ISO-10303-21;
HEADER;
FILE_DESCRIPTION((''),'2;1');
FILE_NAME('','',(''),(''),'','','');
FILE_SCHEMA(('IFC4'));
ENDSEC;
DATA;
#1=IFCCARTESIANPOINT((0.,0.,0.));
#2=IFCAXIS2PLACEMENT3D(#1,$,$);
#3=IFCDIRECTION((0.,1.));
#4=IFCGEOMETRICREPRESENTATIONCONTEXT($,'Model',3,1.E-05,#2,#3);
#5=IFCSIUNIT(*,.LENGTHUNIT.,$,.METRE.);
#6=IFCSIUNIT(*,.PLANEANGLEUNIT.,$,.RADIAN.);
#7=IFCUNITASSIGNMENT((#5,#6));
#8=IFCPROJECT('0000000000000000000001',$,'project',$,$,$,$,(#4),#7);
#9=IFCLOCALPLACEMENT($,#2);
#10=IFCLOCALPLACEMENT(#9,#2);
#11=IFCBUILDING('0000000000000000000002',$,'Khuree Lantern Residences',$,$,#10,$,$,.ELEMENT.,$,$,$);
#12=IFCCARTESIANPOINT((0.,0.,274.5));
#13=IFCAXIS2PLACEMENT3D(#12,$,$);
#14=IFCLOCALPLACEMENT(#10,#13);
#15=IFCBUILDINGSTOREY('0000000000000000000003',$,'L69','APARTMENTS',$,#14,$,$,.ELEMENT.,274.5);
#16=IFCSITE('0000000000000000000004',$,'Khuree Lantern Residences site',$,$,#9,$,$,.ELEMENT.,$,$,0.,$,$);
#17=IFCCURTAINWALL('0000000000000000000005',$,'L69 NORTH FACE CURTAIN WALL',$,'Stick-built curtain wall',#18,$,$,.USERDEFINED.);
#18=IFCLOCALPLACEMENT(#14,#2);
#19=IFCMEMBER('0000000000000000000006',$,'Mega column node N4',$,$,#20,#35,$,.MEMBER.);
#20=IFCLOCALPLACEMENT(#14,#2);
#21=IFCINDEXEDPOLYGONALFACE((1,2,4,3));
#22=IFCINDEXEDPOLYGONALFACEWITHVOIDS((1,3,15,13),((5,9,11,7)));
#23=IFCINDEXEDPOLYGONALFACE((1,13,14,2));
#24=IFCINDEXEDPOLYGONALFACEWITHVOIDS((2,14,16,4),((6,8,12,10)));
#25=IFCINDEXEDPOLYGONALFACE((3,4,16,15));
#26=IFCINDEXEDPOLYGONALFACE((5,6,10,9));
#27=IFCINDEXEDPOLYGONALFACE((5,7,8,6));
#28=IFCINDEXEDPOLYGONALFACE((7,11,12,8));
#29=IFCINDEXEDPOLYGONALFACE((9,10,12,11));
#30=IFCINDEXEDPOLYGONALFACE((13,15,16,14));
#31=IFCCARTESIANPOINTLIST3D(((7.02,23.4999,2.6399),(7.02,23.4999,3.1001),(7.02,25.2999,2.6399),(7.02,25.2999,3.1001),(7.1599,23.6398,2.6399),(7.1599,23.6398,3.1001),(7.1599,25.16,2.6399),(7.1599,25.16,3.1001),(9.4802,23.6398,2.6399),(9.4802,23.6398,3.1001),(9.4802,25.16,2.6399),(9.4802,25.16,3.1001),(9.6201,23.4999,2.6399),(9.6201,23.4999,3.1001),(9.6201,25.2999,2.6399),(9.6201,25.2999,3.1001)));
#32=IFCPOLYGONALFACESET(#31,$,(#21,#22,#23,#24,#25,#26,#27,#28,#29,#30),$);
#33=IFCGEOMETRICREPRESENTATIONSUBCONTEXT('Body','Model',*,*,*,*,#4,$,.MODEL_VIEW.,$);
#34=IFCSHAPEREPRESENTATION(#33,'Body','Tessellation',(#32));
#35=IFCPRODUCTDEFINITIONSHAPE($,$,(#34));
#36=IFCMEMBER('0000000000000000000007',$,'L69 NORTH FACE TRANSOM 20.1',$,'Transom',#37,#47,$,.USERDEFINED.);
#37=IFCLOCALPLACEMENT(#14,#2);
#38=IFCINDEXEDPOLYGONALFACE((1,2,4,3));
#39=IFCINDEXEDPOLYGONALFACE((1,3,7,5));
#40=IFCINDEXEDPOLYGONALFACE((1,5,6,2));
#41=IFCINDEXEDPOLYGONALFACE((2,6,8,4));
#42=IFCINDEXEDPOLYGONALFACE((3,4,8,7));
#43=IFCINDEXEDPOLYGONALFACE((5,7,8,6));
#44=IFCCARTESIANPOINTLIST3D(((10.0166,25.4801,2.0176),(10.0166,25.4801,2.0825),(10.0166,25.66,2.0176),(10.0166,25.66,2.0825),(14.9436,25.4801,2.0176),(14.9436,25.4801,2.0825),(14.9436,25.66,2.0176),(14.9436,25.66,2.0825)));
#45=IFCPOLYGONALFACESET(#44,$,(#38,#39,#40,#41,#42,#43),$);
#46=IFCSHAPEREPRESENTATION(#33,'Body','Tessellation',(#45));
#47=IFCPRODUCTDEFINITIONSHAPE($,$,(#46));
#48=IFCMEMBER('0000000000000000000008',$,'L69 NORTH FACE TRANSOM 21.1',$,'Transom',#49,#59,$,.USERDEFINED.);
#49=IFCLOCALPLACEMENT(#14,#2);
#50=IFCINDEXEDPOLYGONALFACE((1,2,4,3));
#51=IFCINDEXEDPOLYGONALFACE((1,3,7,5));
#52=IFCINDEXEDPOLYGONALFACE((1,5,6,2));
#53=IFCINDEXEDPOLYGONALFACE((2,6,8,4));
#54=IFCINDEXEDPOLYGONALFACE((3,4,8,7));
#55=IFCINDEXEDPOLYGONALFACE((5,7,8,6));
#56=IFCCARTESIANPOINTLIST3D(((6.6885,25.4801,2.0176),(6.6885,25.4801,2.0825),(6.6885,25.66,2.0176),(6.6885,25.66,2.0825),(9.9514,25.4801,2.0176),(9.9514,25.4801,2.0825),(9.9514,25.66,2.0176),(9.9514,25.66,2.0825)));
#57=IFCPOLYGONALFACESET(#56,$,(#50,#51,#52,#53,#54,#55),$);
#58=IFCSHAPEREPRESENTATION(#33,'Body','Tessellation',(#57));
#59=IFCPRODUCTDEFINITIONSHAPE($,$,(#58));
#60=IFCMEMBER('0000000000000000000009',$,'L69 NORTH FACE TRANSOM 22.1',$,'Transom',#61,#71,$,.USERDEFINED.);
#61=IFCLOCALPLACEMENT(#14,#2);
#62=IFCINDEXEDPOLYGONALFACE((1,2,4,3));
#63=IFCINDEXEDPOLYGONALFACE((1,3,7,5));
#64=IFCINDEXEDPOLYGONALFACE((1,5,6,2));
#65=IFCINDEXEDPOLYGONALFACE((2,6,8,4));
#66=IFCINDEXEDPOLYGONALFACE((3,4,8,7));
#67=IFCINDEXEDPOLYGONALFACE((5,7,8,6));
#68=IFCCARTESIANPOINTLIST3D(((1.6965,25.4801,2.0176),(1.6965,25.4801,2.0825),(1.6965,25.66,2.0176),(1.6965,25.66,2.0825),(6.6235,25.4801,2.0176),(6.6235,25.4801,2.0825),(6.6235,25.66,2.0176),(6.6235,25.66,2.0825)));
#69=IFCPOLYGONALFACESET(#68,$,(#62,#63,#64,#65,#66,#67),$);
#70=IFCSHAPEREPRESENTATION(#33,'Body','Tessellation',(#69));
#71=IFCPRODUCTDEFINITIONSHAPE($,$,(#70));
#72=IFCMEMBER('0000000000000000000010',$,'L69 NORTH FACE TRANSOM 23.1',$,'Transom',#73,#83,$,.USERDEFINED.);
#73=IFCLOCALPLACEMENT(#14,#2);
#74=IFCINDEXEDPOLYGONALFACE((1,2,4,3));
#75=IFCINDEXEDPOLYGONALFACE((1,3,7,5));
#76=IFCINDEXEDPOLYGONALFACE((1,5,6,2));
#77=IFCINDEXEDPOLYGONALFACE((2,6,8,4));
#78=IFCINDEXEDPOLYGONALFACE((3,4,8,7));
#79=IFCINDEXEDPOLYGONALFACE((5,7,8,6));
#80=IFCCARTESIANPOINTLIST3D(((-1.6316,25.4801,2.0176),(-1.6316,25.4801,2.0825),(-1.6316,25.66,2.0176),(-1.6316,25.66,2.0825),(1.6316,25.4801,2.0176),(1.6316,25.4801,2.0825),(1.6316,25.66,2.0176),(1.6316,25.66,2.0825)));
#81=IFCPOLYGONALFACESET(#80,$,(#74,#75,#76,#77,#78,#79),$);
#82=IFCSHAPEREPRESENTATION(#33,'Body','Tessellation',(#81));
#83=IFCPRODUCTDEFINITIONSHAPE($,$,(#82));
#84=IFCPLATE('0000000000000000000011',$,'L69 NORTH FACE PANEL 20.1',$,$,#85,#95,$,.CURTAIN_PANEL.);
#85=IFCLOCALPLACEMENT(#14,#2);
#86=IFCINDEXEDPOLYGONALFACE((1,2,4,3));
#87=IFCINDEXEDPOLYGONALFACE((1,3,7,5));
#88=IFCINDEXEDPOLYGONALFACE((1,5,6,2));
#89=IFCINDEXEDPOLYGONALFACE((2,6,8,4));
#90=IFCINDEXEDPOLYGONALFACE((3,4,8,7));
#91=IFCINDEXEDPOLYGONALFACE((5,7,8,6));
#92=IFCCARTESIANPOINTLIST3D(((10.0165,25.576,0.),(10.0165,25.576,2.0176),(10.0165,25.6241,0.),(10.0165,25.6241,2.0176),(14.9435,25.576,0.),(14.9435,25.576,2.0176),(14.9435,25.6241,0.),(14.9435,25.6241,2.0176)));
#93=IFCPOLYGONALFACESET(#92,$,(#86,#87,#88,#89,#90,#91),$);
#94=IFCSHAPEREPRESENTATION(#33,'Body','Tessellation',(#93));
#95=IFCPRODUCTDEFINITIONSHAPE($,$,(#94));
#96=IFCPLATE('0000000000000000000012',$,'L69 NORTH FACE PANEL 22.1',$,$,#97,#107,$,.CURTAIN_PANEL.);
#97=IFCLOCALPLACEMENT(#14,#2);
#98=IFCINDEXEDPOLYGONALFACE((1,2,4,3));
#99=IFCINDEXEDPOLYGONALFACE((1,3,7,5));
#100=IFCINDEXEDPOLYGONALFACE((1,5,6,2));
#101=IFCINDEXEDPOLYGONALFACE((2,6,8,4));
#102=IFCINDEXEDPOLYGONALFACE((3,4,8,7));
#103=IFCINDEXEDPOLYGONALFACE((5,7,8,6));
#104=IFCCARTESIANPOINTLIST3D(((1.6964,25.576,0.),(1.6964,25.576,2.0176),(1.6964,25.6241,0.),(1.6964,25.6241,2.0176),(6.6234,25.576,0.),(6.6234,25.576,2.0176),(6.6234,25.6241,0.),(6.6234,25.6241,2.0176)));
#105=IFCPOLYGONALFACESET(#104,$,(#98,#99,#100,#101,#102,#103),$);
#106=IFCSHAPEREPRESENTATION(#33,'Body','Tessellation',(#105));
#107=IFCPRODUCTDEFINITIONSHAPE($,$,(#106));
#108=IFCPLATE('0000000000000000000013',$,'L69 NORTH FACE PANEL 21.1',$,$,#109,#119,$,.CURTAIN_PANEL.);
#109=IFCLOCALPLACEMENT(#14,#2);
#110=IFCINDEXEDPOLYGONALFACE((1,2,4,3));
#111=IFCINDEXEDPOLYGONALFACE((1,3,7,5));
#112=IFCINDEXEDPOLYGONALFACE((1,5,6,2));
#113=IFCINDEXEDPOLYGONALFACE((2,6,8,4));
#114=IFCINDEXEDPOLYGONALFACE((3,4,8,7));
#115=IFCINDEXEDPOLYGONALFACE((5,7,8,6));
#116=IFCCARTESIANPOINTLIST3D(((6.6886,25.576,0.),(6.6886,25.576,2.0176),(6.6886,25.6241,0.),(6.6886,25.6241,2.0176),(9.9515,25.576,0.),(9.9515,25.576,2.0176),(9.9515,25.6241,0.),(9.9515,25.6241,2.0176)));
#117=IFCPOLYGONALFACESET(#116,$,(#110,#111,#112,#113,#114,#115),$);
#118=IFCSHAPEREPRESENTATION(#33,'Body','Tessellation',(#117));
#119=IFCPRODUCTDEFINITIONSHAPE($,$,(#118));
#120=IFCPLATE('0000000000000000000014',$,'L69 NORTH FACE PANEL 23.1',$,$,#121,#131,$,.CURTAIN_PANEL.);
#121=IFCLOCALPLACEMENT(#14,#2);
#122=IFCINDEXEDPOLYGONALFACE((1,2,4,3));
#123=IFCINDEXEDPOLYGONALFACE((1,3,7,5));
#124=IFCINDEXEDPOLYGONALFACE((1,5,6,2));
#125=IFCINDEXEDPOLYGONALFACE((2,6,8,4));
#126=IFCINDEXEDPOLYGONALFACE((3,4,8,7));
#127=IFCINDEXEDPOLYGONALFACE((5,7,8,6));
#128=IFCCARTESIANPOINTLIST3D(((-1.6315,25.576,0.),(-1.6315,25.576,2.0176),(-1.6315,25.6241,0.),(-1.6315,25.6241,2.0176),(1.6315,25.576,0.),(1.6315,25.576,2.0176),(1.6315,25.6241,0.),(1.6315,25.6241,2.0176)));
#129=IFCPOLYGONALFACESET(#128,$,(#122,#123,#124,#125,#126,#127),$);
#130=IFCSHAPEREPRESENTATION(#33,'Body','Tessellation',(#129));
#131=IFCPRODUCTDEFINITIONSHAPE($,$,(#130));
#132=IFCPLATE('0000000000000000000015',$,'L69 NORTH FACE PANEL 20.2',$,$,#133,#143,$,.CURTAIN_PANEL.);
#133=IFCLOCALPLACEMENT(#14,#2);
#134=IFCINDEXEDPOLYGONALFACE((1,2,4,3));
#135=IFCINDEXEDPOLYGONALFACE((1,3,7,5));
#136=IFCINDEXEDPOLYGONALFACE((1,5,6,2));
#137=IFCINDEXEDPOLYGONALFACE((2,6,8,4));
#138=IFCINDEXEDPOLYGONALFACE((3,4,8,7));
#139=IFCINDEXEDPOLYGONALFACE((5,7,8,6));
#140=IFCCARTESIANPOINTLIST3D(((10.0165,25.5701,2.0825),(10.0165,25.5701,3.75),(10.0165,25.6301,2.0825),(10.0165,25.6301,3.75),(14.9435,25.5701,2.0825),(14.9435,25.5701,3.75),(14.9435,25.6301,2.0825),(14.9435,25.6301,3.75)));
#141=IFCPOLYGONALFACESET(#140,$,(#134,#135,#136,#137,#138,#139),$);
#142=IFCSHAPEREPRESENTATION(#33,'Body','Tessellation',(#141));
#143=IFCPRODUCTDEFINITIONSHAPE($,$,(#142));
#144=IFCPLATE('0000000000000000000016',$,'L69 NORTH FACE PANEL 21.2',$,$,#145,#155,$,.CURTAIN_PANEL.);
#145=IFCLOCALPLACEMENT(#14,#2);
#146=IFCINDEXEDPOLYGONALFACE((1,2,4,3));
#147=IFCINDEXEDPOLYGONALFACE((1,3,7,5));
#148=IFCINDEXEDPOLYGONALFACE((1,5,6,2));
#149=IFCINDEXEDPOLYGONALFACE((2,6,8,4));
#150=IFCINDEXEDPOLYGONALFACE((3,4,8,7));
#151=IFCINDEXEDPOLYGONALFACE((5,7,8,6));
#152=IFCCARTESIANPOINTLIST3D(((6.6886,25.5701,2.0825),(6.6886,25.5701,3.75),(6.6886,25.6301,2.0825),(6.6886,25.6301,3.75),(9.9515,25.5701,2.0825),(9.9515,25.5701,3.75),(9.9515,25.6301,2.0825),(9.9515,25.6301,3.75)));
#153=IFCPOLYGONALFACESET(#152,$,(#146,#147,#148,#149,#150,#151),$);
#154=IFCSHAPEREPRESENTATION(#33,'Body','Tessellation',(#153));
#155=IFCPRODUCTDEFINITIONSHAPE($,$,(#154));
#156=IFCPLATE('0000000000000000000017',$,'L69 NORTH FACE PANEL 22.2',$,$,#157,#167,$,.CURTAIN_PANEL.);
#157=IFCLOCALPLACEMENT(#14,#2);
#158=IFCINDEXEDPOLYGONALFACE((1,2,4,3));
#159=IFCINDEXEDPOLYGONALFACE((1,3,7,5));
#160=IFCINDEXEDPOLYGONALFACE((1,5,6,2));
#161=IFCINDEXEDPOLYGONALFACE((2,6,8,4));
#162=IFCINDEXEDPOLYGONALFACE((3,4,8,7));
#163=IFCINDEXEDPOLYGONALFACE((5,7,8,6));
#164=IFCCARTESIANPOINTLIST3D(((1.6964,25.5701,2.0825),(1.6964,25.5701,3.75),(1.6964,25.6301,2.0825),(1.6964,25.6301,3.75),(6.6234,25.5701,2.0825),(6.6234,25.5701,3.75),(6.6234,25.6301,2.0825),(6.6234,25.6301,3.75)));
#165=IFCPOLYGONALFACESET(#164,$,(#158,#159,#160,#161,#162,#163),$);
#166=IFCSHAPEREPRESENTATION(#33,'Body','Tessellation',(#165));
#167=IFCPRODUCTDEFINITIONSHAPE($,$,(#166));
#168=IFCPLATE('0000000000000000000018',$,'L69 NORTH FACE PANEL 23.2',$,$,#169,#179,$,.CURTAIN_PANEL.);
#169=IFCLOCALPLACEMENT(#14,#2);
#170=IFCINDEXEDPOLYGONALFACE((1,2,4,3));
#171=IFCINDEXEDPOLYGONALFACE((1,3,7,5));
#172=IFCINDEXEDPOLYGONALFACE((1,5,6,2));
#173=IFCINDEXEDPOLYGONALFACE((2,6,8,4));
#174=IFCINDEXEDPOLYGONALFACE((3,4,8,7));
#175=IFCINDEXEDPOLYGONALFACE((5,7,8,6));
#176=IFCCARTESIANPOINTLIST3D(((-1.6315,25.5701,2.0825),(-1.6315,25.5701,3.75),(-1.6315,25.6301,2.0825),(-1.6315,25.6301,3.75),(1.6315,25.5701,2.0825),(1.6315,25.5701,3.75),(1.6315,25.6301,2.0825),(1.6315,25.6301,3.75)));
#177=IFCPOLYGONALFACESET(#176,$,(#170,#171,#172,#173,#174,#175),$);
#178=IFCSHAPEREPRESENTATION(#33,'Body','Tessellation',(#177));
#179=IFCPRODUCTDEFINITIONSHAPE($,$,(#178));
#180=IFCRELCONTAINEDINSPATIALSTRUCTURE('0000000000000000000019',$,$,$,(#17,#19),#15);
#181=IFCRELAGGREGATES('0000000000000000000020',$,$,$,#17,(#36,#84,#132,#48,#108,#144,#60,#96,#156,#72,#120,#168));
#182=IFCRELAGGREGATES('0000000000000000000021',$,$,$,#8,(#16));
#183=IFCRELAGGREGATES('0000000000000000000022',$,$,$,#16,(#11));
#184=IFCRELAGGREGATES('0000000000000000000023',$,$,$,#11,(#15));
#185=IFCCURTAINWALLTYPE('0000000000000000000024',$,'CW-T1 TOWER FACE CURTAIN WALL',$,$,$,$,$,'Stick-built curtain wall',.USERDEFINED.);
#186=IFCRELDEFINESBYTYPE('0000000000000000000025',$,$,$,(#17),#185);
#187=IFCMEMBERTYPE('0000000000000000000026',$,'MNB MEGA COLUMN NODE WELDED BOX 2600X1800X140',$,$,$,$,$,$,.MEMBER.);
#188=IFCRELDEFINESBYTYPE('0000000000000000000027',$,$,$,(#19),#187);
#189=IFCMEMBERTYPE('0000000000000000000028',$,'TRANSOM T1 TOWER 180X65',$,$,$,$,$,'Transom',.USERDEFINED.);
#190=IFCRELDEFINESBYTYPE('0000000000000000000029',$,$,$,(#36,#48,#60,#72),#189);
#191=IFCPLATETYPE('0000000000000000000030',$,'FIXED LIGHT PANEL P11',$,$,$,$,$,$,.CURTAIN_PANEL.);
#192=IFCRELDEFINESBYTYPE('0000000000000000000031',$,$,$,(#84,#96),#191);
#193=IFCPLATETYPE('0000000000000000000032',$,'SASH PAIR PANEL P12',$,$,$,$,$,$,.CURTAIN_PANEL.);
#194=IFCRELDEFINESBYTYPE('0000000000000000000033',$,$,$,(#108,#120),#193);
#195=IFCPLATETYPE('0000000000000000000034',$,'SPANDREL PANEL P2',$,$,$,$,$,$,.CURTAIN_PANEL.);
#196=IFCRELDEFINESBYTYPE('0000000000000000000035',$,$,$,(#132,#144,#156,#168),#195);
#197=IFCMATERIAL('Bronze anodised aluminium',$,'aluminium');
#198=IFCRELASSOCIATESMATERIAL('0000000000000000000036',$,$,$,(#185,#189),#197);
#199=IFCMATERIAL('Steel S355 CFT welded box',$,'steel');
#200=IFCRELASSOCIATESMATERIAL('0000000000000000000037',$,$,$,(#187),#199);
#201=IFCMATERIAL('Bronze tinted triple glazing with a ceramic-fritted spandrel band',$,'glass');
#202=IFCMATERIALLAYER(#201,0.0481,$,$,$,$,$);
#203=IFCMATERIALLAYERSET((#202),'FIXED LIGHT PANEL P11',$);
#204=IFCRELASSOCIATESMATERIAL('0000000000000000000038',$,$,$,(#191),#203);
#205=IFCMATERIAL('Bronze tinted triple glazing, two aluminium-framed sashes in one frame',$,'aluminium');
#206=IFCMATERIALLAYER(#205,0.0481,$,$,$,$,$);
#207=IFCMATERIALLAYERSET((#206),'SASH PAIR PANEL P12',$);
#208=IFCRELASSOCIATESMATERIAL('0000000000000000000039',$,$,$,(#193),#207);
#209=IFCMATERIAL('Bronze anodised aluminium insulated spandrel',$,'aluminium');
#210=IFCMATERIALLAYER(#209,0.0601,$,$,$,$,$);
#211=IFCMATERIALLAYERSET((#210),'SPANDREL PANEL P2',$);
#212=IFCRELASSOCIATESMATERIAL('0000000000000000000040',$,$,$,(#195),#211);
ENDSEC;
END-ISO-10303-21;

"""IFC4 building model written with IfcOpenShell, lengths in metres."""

from ifc_helpers import new_model, si_unit, direction, frame, origin, origin_2d, place, context, subcontext, project, spatial, rectangle, hollow_rectangle, extrude, material, layer, layer_set, material_profile, profile_set, type_object, element, aggregate, save


model = new_model("IFC4")

# Units and contexts
model_context = context("Model", 3, precision=1e-05, world=origin(), true_north=direction((0.0, 1.0)))
body_context = subcontext(model_context, "Body", "Model", "MODEL_VIEW")
ifc_project = project(units=[si_unit("LENGTHUNIT", "METRE"), si_unit("PLANEANGLEUNIT", "RADIAN")], contexts=[model_context])

# Site, building, storey
site_placement = place(None, origin())
site = spatial("IfcSite", under=ifc_project, at=site_placement, Name="Khuree Lantern Residences site", CompositionType="ELEMENT", RefElevation=0.0)
building_placement = place(site_placement, origin())
building = spatial("IfcBuilding", under=site, at=building_placement, Name="Khuree Lantern Residences", CompositionType="ELEMENT")
storey_placement = place(building_placement, frame((0.0, 0.0, 274.5)))
storey = spatial("IfcBuildingStorey", under=building, at=storey_placement, Name="L69", Description="APARTMENTS", CompositionType="ELEMENT", Elevation=274.5)

# Shared definitions
ifc_material_1 = material(Name="Steel S355 CFT welded box", Category="steel")

# Curtain wall
ifc_material_2 = material(Name="Bronze anodised aluminium", Category="aluminium")
curtain_wall_type = type_object("IfcCurtainWallType", Name="CW-T1 TOWER FACE CURTAIN WALL", ElementType="Stick-built curtain wall", PredefinedType="USERDEFINED", material=ifc_material_2)
curtain_wall_placement = place(storey_placement, origin())
curtain_wall = element("IfcCurtainWall", 1, at=curtain_wall_placement, inside=storey, type_object=curtain_wall_type, Name="L69 NORTH FACE CURTAIN WALL", ObjectType="Stick-built curtain wall", PredefinedType="USERDEFINED")

# Members
ifc_material_profile_1 = material_profile(ifc_material_1, hollow_rectangle(XDim=2.6001, YDim=1.8, WallThickness=0.1399, at=origin_2d()), Name="WELDED BOX 2600X1800X140")
ifc_profile_set_1 = profile_set([ifc_material_profile_1], Name="Steel S355 CFT welded box")
member_type_1 = type_object("IfcMemberType", Name="MNB MEGA COLUMN NODE WELDED BOX 2600X1800X140", PredefinedType="MEMBER", material=ifc_profile_set_1)
member_1_placement = place(storey_placement, frame((8.3201, 24.3999, 2.6399), z_axis=(0.0, 0.0, 1.0), x_axis=(1.0, 0.0, 0.0)))
element("IfcMember", 2, at=member_1_placement, inside=storey, type_object=member_type_1, Name="Mega column node N4", PredefinedType="MEMBER", context=body_context, shape_type="SweptSolid", body=[
    extrude(hollow_rectangle(XDim=2.6001, YDim=1.8, WallThickness=0.1399, at=origin_2d()), origin(), (0.0, 0.0, 1.0), 0.4602),
])
ifc_material_profile_2 = material_profile(ifc_material_2, rectangle(XDim=0.1799, YDim=0.0649, at=origin_2d()), Name="T1 180X65")
ifc_profile_set_2 = profile_set([ifc_material_profile_2], Name="Bronze anodised aluminium")
member_type_2 = type_object("IfcMemberType", Name="TRANSOM T1 TOWER 180X65", ElementType="Transom", PredefinedType="USERDEFINED", material=ifc_profile_set_2)
member_2_placement = place(storey_placement, frame((14.9436, 25.5701, 2.05), z_axis=(-1.0, 0.0, 0.0), x_axis=(0.0, -1.0, 0.0)))
member_2 = element("IfcMember", 3, at=member_2_placement, type_object=member_type_2, Name="L69 NORTH FACE TRANSOM 20.1", ObjectType="Transom", PredefinedType="USERDEFINED", context=body_context, shape_type="SweptSolid", body=[
    extrude(rectangle(XDim=0.1799, YDim=0.0649, at=origin_2d()), origin(), (0.0, 0.0, 1.0), 4.927),
])
member_3_placement = place(storey_placement, frame((9.9514, 25.5701, 2.05), z_axis=(-1.0, 0.0, 0.0), x_axis=(0.0, -1.0, 0.0)))
member_3 = element("IfcMember", 4, at=member_3_placement, type_object=member_type_2, Name="L69 NORTH FACE TRANSOM 21.1", ObjectType="Transom", PredefinedType="USERDEFINED", context=body_context, shape_type="SweptSolid", body=[
    extrude(rectangle(XDim=0.1799, YDim=0.0649, at=origin_2d()), origin(), (0.0, 0.0, 1.0), 3.2629),
])
member_4_placement = place(storey_placement, frame((6.6235, 25.5701, 2.05), z_axis=(-1.0, 0.0, 0.0), x_axis=(0.0, -1.0, 0.0)))
member_4 = element("IfcMember", 5, at=member_4_placement, type_object=member_type_2, Name="L69 NORTH FACE TRANSOM 22.1", ObjectType="Transom", PredefinedType="USERDEFINED", context=body_context, shape_type="SweptSolid", body=[
    extrude(rectangle(XDim=0.1799, YDim=0.0649, at=origin_2d()), origin(), (0.0, 0.0, 1.0), 4.927),
])
member_5_placement = place(storey_placement, frame((1.6316, 25.5701, 2.05), z_axis=(-1.0, 0.0, 0.0), x_axis=(0.0, -1.0, 0.0)))
member_5 = element("IfcMember", 6, at=member_5_placement, type_object=member_type_2, Name="L69 NORTH FACE TRANSOM 23.1", ObjectType="Transom", PredefinedType="USERDEFINED", context=body_context, shape_type="SweptSolid", body=[
    extrude(rectangle(XDim=0.1799, YDim=0.0649, at=origin_2d()), origin(), (0.0, 0.0, 1.0), 3.2632),
])

# Plates
ifc_material_3 = material(Name="Bronze tinted triple glazing with a ceramic-fritted spandrel band", Category="glass")
ifc_layer_1 = layer(ifc_material_3, 0.0481)
ifc_layer_set_1 = layer_set([ifc_layer_1], Name="FIXED LIGHT PANEL P11")
plate_type_1 = type_object("IfcPlateType", Name="FIXED LIGHT PANEL P11", PredefinedType="CURTAIN_PANEL", material=ifc_layer_set_1)
plate_1_placement = place(storey_placement, frame((12.48, 25.6001, 0.0), z_axis=(0.0, 0.0, 1.0), x_axis=(-1.0, 0.0, 0.0)))
plate_1 = element("IfcPlate", 7, at=plate_1_placement, type_object=plate_type_1, Name="L69 NORTH FACE PANEL 20.1", PredefinedType="CURTAIN_PANEL", context=body_context, shape_type="SweptSolid", body=[
    extrude(rectangle(XDim=4.927, YDim=0.0481, at=origin_2d()), origin(), (0.0, 0.0, 1.0), 2.0176),
])
plate_2_placement = place(storey_placement, frame((4.1599, 25.6001, 0.0), z_axis=(0.0, 0.0, 1.0), x_axis=(-1.0, 0.0, 0.0)))
plate_2 = element("IfcPlate", 8, at=plate_2_placement, type_object=plate_type_1, Name="L69 NORTH FACE PANEL 22.1", PredefinedType="CURTAIN_PANEL", context=body_context, shape_type="SweptSolid", body=[
    extrude(rectangle(XDim=4.927, YDim=0.0481, at=origin_2d()), origin(), (0.0, 0.0, 1.0), 2.0176),
])
ifc_material_4 = material(Name="Bronze tinted triple glazing, two aluminium-framed sashes in one frame", Category="aluminium")
ifc_layer_2 = layer(ifc_material_4, 0.0481)
ifc_layer_set_2 = layer_set([ifc_layer_2], Name="SASH PAIR PANEL P12")
plate_type_2 = type_object("IfcPlateType", Name="SASH PAIR PANEL P12", PredefinedType="CURTAIN_PANEL", material=ifc_layer_set_2)
plate_3_placement = place(storey_placement, frame((8.3201, 25.6001, 0.0), z_axis=(0.0, 0.0, 1.0), x_axis=(-1.0, 0.0, 0.0)))
plate_3 = element("IfcPlate", 9, at=plate_3_placement, type_object=plate_type_2, Name="L69 NORTH FACE PANEL 21.1", PredefinedType="CURTAIN_PANEL", context=body_context, shape_type="SweptSolid", body=[
    extrude(rectangle(XDim=3.2629, YDim=0.0481, at=origin_2d()), origin(), (0.0, 0.0, 1.0), 2.0176),
])
plate_4_placement = place(storey_placement, frame((0.0, 25.6001, 0.0), z_axis=(0.0, 0.0, 1.0), x_axis=(-1.0, 0.0, 0.0)))
plate_4 = element("IfcPlate", 10, at=plate_4_placement, type_object=plate_type_2, Name="L69 NORTH FACE PANEL 23.1", PredefinedType="CURTAIN_PANEL", context=body_context, shape_type="SweptSolid", body=[
    extrude(rectangle(XDim=3.2629, YDim=0.0481, at=origin_2d()), origin(), (0.0, 0.0, 1.0), 2.0176),
])
ifc_material_5 = material(Name="Bronze anodised aluminium insulated spandrel", Category="aluminium")
ifc_layer_3 = layer(ifc_material_5, 0.0601)
ifc_layer_set_3 = layer_set([ifc_layer_3], Name="SPANDREL PANEL P2")
plate_type_3 = type_object("IfcPlateType", Name="SPANDREL PANEL P2", PredefinedType="CURTAIN_PANEL", material=ifc_layer_set_3)
plate_5_placement = place(storey_placement, frame((12.48, 25.6001, 2.0825), z_axis=(0.0, 0.0, 1.0), x_axis=(-1.0, 0.0, 0.0)))
plate_5 = element("IfcPlate", 11, at=plate_5_placement, type_object=plate_type_3, Name="L69 NORTH FACE PANEL 20.2", PredefinedType="CURTAIN_PANEL", context=body_context, shape_type="SweptSolid", body=[
    extrude(rectangle(XDim=4.927, YDim=0.0601, at=origin_2d()), origin(), (0.0, 0.0, 1.0), 1.6675),
])
plate_6_placement = place(storey_placement, frame((8.3201, 25.6001, 2.0825), z_axis=(0.0, 0.0, 1.0), x_axis=(-1.0, 0.0, 0.0)))
plate_6 = element("IfcPlate", 12, at=plate_6_placement, type_object=plate_type_3, Name="L69 NORTH FACE PANEL 21.2", PredefinedType="CURTAIN_PANEL", context=body_context, shape_type="SweptSolid", body=[
    extrude(rectangle(XDim=3.2629, YDim=0.0601, at=origin_2d()), origin(), (0.0, 0.0, 1.0), 1.6675),
])
plate_7_placement = place(storey_placement, frame((4.1599, 25.6001, 2.0825), z_axis=(0.0, 0.0, 1.0), x_axis=(-1.0, 0.0, 0.0)))
plate_7 = element("IfcPlate", 13, at=plate_7_placement, type_object=plate_type_3, Name="L69 NORTH FACE PANEL 22.2", PredefinedType="CURTAIN_PANEL", context=body_context, shape_type="SweptSolid", body=[
    extrude(rectangle(XDim=4.927, YDim=0.0601, at=origin_2d()), origin(), (0.0, 0.0, 1.0), 1.6675),
])
plate_8_placement = place(storey_placement, frame((0.0, 25.6001, 2.0825), z_axis=(0.0, 0.0, 1.0), x_axis=(-1.0, 0.0, 0.0)))
plate_8 = element("IfcPlate", 14, at=plate_8_placement, type_object=plate_type_3, Name="L69 NORTH FACE PANEL 23.2", PredefinedType="CURTAIN_PANEL", context=body_context, shape_type="SweptSolid", body=[
    extrude(rectangle(XDim=3.2629, YDim=0.0601, at=origin_2d()), origin(), (0.0, 0.0, 1.0), 1.6675),
])
aggregate(curtain_wall, [member_2, plate_1, plate_5, member_3, plate_3, plate_6, member_4, plate_2, plate_7, member_5, plate_4, plate_8])

save(model, "model.ifc")
